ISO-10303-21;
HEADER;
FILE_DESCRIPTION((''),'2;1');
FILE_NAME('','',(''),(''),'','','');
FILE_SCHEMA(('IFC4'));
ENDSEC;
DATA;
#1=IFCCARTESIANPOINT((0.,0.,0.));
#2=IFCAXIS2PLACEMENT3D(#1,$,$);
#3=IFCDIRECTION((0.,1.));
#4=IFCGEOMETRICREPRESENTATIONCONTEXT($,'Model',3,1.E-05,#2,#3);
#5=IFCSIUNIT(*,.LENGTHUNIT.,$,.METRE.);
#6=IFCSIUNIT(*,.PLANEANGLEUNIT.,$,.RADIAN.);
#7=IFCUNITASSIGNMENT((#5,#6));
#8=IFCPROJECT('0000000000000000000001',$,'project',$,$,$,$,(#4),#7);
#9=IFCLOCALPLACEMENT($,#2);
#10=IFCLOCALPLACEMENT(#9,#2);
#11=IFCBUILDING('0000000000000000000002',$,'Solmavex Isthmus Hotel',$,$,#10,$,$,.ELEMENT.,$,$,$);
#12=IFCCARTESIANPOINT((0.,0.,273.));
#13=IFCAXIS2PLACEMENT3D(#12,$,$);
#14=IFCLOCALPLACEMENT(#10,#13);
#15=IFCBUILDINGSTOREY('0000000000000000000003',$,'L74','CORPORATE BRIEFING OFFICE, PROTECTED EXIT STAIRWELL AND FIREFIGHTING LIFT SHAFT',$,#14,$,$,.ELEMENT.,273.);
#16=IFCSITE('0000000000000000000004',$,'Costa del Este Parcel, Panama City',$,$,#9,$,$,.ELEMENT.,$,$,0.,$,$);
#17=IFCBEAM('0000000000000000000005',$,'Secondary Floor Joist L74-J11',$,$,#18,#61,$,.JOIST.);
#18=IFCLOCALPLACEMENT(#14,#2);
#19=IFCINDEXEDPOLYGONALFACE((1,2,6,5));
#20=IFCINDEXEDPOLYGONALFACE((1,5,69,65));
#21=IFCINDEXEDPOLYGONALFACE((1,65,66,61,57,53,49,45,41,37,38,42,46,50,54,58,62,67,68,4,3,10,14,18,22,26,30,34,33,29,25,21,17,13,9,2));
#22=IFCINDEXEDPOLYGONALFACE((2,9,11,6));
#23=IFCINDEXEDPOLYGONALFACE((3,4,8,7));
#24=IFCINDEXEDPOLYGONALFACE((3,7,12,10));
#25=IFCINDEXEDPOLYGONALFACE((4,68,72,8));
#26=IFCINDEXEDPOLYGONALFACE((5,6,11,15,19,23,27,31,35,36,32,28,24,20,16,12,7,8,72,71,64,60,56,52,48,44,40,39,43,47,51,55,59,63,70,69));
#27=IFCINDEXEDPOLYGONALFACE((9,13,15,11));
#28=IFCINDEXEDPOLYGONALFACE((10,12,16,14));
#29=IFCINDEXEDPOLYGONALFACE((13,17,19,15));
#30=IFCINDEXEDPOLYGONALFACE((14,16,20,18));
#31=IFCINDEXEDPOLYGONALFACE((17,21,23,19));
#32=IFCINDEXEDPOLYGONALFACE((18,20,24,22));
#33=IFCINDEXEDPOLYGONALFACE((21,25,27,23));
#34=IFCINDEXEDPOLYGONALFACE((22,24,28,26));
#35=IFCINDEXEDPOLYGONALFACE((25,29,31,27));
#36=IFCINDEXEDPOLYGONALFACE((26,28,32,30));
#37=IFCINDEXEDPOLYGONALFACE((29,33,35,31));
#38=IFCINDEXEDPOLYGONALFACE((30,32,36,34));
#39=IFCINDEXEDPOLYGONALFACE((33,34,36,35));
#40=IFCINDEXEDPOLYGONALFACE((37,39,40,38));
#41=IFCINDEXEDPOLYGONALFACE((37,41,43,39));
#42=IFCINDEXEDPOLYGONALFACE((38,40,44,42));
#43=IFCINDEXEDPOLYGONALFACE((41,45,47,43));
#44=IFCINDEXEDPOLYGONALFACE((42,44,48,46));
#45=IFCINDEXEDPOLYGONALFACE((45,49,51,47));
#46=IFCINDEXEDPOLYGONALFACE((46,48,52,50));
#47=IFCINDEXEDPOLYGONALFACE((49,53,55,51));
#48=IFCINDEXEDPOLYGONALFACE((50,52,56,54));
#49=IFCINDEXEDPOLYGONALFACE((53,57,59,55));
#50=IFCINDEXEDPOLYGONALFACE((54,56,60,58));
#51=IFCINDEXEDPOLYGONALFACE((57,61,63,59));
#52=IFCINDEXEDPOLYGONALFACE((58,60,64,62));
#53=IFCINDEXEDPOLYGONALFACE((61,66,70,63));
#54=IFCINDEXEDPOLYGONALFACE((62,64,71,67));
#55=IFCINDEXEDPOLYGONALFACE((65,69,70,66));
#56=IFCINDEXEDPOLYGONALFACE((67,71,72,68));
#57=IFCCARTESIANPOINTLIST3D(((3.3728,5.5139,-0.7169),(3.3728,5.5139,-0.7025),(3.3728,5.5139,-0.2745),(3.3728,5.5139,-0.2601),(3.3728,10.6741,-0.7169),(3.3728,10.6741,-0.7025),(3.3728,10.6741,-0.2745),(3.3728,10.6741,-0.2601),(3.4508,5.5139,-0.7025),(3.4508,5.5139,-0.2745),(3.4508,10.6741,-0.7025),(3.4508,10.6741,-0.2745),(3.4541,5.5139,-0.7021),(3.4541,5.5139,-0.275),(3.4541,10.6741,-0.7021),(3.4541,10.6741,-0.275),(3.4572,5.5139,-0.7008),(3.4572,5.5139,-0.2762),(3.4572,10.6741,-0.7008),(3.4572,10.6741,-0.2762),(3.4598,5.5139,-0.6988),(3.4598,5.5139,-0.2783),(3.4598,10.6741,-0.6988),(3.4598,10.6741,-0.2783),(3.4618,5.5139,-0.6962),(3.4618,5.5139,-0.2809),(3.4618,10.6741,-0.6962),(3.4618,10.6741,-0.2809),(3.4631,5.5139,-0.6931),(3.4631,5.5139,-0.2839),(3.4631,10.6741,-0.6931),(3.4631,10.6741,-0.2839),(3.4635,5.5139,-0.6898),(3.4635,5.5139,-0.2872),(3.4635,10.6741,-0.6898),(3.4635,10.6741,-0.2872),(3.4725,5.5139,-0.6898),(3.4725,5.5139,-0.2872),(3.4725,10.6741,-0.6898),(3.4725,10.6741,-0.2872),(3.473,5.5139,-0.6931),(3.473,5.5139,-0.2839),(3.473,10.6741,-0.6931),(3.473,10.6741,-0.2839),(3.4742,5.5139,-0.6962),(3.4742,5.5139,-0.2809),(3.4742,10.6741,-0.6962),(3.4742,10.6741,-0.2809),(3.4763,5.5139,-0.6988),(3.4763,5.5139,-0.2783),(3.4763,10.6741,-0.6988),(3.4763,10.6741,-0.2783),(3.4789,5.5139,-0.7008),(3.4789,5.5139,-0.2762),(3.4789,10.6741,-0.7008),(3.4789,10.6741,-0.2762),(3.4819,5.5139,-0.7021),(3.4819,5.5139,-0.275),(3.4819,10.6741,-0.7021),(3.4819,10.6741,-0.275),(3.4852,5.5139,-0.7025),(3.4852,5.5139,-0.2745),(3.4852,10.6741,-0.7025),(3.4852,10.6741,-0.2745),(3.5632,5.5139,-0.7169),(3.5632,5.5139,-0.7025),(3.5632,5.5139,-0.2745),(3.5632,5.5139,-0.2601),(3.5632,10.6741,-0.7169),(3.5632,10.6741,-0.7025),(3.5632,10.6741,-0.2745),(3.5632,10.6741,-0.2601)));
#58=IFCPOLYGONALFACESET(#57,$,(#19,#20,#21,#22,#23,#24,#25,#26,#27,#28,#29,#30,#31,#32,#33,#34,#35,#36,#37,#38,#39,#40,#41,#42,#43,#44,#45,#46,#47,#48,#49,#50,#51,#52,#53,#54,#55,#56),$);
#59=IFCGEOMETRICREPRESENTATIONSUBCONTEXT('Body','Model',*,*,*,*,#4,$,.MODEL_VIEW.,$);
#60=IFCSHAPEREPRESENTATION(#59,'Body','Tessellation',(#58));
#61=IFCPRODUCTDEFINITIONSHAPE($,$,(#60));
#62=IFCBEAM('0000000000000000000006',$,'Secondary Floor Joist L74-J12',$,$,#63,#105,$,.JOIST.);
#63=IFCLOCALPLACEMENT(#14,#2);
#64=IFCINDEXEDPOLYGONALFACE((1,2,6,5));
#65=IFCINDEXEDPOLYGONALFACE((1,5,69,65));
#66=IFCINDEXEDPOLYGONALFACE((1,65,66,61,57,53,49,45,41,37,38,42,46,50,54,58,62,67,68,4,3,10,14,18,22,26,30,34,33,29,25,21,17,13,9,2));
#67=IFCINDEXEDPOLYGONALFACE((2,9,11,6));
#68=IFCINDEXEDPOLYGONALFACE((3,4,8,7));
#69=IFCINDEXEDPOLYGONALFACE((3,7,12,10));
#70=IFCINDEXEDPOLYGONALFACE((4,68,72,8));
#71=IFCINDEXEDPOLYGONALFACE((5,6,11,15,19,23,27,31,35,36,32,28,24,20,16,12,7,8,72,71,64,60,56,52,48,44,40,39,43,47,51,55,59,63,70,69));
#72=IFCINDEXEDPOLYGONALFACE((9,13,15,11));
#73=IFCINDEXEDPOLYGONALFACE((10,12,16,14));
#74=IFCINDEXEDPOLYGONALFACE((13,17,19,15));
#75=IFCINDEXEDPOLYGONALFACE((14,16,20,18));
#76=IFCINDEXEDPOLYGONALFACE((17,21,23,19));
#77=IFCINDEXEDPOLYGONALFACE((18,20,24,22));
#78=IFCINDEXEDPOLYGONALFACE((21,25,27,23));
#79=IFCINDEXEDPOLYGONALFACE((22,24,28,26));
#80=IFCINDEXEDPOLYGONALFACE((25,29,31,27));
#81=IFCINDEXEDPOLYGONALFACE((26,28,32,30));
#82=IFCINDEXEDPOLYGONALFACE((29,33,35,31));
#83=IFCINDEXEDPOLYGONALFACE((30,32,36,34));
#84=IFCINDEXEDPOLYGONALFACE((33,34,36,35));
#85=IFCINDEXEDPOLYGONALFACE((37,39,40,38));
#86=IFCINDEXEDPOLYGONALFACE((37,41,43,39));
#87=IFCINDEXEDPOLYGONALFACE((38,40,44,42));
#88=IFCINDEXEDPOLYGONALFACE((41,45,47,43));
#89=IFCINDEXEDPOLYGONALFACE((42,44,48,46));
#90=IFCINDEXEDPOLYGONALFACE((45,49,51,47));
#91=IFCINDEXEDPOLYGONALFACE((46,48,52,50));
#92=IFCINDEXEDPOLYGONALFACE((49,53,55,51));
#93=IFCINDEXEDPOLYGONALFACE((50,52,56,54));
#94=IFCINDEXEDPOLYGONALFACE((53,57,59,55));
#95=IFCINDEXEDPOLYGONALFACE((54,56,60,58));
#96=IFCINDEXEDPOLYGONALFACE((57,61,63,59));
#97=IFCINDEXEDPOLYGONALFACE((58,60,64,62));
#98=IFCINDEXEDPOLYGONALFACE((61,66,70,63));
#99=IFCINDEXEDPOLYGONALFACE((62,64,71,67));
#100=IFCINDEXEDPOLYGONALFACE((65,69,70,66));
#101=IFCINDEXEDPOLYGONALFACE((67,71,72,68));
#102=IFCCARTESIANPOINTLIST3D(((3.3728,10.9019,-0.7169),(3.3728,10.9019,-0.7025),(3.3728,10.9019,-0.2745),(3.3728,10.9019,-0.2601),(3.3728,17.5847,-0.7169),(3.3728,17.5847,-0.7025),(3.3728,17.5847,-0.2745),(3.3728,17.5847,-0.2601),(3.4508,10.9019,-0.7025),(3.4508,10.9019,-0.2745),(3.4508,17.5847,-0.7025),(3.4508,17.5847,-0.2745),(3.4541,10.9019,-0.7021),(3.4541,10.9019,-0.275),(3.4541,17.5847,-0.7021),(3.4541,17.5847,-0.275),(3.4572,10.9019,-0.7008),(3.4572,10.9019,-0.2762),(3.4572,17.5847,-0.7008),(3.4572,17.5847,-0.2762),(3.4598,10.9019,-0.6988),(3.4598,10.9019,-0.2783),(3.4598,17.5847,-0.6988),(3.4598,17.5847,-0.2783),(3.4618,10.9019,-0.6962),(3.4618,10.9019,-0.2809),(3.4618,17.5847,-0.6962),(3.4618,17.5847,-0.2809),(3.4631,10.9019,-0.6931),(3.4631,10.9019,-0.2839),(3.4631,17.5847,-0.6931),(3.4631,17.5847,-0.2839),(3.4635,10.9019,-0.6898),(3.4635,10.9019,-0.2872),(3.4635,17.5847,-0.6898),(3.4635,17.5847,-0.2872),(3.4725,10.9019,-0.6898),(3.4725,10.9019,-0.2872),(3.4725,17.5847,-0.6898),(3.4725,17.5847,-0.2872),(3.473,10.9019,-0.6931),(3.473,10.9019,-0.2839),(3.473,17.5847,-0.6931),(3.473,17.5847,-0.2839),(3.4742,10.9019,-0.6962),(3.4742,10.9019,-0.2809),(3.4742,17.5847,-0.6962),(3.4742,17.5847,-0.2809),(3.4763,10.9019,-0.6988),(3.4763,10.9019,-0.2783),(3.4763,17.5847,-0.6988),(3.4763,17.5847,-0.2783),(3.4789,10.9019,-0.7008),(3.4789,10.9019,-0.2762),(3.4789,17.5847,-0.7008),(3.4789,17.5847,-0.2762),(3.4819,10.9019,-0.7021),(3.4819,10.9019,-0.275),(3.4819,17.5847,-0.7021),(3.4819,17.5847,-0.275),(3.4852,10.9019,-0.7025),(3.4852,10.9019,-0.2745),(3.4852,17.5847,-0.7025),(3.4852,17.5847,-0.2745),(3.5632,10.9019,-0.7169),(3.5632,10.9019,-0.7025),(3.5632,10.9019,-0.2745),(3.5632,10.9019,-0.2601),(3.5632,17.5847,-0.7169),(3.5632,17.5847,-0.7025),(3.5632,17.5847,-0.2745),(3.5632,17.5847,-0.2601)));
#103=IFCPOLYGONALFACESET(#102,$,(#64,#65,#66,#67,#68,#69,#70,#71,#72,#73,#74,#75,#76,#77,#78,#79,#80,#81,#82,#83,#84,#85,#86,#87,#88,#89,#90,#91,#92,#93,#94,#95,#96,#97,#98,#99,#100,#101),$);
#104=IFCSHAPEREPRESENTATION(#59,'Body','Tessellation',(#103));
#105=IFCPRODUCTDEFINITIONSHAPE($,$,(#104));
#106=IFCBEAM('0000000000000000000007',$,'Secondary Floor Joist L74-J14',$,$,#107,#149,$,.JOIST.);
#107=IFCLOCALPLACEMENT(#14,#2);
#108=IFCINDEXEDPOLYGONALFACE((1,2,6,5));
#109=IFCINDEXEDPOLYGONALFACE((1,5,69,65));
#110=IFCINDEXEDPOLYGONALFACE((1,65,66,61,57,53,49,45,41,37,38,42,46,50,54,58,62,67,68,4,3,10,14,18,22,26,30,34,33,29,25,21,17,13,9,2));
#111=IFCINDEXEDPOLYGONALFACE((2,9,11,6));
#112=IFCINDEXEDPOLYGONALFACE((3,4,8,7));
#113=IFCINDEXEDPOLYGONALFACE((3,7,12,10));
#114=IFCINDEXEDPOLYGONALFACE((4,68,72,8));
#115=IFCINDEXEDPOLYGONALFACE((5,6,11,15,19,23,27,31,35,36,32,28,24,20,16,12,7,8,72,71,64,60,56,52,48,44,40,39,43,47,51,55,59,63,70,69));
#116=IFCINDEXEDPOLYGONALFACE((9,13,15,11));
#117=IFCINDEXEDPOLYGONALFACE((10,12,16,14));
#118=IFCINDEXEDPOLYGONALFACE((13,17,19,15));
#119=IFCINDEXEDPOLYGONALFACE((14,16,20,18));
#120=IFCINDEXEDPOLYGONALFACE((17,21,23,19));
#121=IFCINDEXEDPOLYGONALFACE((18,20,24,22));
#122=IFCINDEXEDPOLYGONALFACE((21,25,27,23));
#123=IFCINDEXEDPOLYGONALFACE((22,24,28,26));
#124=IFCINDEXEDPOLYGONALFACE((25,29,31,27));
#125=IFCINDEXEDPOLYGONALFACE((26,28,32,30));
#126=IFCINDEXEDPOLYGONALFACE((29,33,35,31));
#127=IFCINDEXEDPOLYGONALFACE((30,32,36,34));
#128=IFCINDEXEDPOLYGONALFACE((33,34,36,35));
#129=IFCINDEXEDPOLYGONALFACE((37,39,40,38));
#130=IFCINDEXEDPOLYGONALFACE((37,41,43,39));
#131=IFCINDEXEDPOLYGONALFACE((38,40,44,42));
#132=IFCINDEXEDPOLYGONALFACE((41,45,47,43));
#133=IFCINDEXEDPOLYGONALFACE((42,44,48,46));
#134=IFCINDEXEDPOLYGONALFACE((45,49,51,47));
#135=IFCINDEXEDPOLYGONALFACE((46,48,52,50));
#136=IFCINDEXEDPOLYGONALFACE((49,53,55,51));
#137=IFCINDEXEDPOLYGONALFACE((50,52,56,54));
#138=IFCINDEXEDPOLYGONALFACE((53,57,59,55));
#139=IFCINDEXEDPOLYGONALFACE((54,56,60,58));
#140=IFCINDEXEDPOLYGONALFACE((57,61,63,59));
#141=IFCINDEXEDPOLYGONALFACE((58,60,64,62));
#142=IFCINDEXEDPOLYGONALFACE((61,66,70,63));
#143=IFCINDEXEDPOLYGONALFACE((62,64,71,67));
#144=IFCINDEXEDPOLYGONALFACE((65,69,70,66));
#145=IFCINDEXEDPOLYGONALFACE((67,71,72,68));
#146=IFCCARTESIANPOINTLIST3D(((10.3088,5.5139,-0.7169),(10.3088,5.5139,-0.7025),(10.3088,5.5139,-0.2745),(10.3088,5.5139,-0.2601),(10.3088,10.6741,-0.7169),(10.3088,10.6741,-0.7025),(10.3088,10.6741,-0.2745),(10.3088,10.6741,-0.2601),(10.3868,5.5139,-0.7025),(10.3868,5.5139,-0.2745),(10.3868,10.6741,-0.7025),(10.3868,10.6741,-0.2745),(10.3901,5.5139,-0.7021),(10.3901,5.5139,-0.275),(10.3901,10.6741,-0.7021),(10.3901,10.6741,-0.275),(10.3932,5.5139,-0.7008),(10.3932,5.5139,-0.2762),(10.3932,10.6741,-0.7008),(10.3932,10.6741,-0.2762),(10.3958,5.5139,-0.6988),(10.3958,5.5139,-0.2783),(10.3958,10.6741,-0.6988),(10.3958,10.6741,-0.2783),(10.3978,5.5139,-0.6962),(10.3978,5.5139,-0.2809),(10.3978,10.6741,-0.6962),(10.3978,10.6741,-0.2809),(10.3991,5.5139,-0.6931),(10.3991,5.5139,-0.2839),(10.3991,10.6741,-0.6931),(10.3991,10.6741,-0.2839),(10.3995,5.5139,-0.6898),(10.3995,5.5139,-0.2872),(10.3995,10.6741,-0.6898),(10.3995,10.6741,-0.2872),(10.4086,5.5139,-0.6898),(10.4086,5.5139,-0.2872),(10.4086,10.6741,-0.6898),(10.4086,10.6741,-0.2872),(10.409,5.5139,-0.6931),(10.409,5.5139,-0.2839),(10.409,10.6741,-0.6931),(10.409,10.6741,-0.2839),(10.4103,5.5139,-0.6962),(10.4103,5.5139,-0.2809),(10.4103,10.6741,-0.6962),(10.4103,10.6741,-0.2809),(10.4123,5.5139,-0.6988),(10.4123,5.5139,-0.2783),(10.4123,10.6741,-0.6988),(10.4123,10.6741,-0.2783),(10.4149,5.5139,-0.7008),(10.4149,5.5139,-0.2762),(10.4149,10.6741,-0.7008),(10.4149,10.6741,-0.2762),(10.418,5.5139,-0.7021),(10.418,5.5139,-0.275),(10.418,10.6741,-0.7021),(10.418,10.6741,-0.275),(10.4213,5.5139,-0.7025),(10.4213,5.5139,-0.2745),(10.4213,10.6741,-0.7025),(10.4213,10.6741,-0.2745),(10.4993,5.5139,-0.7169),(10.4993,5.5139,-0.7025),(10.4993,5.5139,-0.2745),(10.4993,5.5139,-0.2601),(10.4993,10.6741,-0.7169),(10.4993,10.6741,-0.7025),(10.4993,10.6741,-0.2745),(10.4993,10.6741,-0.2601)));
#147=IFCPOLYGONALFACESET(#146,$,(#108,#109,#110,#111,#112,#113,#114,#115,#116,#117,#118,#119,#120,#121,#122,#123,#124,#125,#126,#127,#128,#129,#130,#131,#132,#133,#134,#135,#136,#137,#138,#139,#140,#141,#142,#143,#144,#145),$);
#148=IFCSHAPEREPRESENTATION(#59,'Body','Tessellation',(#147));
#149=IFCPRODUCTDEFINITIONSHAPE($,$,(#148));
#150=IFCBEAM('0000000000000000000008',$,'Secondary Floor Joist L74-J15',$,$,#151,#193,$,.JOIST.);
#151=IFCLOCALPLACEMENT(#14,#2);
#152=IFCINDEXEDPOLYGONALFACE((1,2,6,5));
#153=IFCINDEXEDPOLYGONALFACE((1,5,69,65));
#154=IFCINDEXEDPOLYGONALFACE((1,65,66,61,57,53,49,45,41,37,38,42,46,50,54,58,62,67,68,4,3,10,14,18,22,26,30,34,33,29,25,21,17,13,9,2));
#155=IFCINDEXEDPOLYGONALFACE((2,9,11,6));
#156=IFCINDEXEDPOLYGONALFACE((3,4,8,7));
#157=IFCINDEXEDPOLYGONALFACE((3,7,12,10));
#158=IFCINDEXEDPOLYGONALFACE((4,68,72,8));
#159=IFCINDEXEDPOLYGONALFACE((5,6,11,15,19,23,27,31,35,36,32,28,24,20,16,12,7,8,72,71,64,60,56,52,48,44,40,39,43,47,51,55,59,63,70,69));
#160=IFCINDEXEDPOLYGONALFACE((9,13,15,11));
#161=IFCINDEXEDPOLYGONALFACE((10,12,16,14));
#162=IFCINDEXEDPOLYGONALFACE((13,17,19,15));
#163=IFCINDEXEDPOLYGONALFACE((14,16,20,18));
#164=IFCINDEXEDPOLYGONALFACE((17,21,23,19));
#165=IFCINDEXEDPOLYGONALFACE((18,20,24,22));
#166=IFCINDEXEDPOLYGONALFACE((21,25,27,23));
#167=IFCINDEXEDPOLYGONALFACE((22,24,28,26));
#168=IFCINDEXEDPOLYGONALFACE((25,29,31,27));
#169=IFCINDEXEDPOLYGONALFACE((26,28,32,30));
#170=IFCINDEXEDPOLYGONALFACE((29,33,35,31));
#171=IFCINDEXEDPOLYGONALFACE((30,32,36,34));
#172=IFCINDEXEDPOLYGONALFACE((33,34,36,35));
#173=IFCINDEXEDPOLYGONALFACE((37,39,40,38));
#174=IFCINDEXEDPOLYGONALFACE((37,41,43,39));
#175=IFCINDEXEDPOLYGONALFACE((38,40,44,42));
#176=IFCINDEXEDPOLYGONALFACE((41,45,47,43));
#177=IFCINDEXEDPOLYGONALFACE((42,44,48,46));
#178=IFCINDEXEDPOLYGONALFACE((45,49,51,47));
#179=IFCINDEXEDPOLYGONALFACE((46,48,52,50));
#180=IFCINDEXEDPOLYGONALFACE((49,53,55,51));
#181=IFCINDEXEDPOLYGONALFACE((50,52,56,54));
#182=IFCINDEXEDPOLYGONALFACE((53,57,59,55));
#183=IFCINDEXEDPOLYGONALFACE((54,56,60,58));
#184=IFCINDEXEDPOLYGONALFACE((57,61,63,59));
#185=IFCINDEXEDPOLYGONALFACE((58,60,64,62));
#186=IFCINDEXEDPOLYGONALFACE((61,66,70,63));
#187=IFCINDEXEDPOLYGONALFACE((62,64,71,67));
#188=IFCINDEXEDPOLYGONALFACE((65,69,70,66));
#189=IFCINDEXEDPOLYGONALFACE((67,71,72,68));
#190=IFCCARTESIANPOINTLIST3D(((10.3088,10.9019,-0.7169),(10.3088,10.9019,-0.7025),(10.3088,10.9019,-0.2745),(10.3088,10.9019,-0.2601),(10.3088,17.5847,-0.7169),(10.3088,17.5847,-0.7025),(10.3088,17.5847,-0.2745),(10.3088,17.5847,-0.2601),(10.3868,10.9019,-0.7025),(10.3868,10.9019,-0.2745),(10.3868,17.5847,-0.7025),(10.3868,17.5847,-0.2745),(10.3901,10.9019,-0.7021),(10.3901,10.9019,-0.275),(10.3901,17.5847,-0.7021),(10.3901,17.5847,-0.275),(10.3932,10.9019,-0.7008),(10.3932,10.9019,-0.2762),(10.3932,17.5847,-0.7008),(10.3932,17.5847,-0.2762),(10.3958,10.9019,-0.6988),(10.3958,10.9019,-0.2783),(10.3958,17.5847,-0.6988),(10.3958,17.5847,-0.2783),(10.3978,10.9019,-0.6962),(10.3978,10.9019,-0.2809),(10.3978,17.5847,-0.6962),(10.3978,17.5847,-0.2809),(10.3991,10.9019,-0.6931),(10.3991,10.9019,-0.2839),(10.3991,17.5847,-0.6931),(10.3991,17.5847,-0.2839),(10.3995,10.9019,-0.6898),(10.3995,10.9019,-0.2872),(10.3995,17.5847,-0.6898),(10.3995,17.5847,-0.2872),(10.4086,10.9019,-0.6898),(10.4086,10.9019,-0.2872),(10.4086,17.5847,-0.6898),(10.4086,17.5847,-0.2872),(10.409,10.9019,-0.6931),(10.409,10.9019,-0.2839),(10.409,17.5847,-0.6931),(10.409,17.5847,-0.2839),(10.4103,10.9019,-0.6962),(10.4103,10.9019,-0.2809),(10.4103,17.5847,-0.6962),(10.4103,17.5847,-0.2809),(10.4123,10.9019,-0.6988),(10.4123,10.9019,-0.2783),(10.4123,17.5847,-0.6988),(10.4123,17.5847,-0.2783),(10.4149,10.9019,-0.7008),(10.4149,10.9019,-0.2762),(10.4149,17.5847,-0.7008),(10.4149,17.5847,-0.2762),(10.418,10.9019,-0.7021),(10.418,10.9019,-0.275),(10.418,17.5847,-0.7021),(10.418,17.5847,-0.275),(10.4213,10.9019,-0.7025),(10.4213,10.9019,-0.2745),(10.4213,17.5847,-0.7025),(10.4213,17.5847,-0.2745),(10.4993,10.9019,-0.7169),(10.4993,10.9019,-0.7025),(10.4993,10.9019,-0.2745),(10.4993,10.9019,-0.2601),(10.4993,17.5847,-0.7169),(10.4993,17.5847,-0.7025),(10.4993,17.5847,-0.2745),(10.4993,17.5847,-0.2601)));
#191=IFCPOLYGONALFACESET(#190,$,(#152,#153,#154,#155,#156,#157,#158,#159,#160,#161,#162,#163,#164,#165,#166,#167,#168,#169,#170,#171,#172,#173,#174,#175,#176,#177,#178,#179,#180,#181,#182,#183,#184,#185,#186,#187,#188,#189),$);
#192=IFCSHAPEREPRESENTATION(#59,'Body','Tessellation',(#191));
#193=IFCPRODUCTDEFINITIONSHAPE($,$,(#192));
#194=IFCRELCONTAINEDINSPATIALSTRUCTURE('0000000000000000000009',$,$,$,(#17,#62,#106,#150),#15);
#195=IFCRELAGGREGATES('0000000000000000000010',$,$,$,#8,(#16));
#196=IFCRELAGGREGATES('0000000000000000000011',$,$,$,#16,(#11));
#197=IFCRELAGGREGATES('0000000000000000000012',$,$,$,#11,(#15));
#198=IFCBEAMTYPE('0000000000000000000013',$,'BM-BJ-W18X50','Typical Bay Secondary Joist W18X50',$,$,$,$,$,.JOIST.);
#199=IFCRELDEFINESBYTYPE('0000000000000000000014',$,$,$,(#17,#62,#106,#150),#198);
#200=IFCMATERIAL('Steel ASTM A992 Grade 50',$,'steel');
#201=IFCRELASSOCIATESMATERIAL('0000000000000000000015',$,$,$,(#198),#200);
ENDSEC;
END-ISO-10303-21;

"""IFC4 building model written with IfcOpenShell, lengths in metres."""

from ifc_helpers import new_model, si_unit, direction, frame, origin, origin_2d, place, context, subcontext, project, spatial, i_section, extrude, material, material_profile, profile_set, type_object, element, save


model = new_model("IFC4")

# Units and contexts
model_context = context("Model", 3, precision=1e-05, world=origin(), true_north=direction((0.0, 1.0)))
body_context = subcontext(model_context, "Body", "Model", "MODEL_VIEW")
ifc_project = project(units=[si_unit("LENGTHUNIT", "METRE"), si_unit("PLANEANGLEUNIT", "RADIAN")], contexts=[model_context])

# Site, building, storey
site_placement = place(None, origin())
site = spatial("IfcSite", under=ifc_project, at=site_placement, Name="Costa del Este Parcel, Panama City", CompositionType="ELEMENT", RefElevation=0.0)
building_placement = place(site_placement, origin())
building = spatial("IfcBuilding", under=site, at=building_placement, Name="Solmavex Isthmus Hotel", CompositionType="ELEMENT")
storey_placement = place(building_placement, frame((0.0, 0.0, 273.0)))
storey = spatial("IfcBuildingStorey", under=building, at=storey_placement, Name="L74", Description="CORPORATE BRIEFING OFFICE, PROTECTED EXIT STAIRWELL AND FIREFIGHTING LIFT SHAFT", CompositionType="ELEMENT", Elevation=273.0)

# Beams
ifc_material_1 = material(Name="Steel ASTM A992 Grade 50", Category="steel")
ifc_material_profile_1 = material_profile(ifc_material_1, i_section(OverallWidth=0.1904, OverallDepth=0.4568, WebThickness=0.009, FlangeThickness=0.0144, FilletRadius=0.0127, at=origin_2d()), Name="W18X50")
ifc_profile_set_1 = profile_set([ifc_material_profile_1], Name="Steel ASTM A992 Grade 50")
beam_type_1 = type_object("IfcBeamType", Name="BM-BJ-W18X50", Description="Typical Bay Secondary Joist W18X50", PredefinedType="JOIST", material=ifc_profile_set_1)
beam_1_placement = place(storey_placement, frame((3.468, 5.5139, -0.4885), z_axis=(0.0, 1.0, 0.0), x_axis=(-1.0, 0.0, 0.0)))
element("IfcBeam", 1, at=beam_1_placement, inside=storey, type_object=beam_type_1, Name="Secondary Floor Joist L74-J11", PredefinedType="JOIST", context=body_context, shape_type="SweptSolid", body=[
    extrude(i_section(OverallWidth=0.1904, OverallDepth=0.4568, WebThickness=0.009, FlangeThickness=0.0144, FilletRadius=0.0127, at=origin_2d()), origin(), (0.0, 0.0, 1.0), 5.1602),
])
beam_2_placement = place(storey_placement, frame((3.468, 10.9019, -0.4885), z_axis=(0.0, 1.0, 0.0), x_axis=(-1.0, 0.0, 0.0)))
element("IfcBeam", 2, at=beam_2_placement, inside=storey, type_object=beam_type_1, Name="Secondary Floor Joist L74-J12", PredefinedType="JOIST", context=body_context, shape_type="SweptSolid", body=[
    extrude(i_section(OverallWidth=0.1904, OverallDepth=0.4568, WebThickness=0.009, FlangeThickness=0.0144, FilletRadius=0.0127, at=origin_2d()), origin(), (0.0, 0.0, 1.0), 6.6829),
])
beam_3_placement = place(storey_placement, frame((10.4041, 5.5139, -0.4885), z_axis=(0.0, 1.0, 0.0), x_axis=(-1.0, 0.0, 0.0)))
element("IfcBeam", 3, at=beam_3_placement, inside=storey, type_object=beam_type_1, Name="Secondary Floor Joist L74-J14", PredefinedType="JOIST", context=body_context, shape_type="SweptSolid", body=[
    extrude(i_section(OverallWidth=0.1904, OverallDepth=0.4568, WebThickness=0.009, FlangeThickness=0.0144, FilletRadius=0.0127, at=origin_2d()), origin(), (0.0, 0.0, 1.0), 5.1602),
])
beam_4_placement = place(storey_placement, frame((10.4041, 10.9019, -0.4885), z_axis=(0.0, 1.0, 0.0), x_axis=(-1.0, 0.0, 0.0)))
element("IfcBeam", 4, at=beam_4_placement, inside=storey, type_object=beam_type_1, Name="Secondary Floor Joist L74-J15", PredefinedType="JOIST", context=body_context, shape_type="SweptSolid", body=[
    extrude(i_section(OverallWidth=0.1904, OverallDepth=0.4568, WebThickness=0.009, FlangeThickness=0.0144, FilletRadius=0.0127, at=origin_2d()), origin(), (0.0, 0.0, 1.0), 6.6829),
])

save(model, "model.ifc")
